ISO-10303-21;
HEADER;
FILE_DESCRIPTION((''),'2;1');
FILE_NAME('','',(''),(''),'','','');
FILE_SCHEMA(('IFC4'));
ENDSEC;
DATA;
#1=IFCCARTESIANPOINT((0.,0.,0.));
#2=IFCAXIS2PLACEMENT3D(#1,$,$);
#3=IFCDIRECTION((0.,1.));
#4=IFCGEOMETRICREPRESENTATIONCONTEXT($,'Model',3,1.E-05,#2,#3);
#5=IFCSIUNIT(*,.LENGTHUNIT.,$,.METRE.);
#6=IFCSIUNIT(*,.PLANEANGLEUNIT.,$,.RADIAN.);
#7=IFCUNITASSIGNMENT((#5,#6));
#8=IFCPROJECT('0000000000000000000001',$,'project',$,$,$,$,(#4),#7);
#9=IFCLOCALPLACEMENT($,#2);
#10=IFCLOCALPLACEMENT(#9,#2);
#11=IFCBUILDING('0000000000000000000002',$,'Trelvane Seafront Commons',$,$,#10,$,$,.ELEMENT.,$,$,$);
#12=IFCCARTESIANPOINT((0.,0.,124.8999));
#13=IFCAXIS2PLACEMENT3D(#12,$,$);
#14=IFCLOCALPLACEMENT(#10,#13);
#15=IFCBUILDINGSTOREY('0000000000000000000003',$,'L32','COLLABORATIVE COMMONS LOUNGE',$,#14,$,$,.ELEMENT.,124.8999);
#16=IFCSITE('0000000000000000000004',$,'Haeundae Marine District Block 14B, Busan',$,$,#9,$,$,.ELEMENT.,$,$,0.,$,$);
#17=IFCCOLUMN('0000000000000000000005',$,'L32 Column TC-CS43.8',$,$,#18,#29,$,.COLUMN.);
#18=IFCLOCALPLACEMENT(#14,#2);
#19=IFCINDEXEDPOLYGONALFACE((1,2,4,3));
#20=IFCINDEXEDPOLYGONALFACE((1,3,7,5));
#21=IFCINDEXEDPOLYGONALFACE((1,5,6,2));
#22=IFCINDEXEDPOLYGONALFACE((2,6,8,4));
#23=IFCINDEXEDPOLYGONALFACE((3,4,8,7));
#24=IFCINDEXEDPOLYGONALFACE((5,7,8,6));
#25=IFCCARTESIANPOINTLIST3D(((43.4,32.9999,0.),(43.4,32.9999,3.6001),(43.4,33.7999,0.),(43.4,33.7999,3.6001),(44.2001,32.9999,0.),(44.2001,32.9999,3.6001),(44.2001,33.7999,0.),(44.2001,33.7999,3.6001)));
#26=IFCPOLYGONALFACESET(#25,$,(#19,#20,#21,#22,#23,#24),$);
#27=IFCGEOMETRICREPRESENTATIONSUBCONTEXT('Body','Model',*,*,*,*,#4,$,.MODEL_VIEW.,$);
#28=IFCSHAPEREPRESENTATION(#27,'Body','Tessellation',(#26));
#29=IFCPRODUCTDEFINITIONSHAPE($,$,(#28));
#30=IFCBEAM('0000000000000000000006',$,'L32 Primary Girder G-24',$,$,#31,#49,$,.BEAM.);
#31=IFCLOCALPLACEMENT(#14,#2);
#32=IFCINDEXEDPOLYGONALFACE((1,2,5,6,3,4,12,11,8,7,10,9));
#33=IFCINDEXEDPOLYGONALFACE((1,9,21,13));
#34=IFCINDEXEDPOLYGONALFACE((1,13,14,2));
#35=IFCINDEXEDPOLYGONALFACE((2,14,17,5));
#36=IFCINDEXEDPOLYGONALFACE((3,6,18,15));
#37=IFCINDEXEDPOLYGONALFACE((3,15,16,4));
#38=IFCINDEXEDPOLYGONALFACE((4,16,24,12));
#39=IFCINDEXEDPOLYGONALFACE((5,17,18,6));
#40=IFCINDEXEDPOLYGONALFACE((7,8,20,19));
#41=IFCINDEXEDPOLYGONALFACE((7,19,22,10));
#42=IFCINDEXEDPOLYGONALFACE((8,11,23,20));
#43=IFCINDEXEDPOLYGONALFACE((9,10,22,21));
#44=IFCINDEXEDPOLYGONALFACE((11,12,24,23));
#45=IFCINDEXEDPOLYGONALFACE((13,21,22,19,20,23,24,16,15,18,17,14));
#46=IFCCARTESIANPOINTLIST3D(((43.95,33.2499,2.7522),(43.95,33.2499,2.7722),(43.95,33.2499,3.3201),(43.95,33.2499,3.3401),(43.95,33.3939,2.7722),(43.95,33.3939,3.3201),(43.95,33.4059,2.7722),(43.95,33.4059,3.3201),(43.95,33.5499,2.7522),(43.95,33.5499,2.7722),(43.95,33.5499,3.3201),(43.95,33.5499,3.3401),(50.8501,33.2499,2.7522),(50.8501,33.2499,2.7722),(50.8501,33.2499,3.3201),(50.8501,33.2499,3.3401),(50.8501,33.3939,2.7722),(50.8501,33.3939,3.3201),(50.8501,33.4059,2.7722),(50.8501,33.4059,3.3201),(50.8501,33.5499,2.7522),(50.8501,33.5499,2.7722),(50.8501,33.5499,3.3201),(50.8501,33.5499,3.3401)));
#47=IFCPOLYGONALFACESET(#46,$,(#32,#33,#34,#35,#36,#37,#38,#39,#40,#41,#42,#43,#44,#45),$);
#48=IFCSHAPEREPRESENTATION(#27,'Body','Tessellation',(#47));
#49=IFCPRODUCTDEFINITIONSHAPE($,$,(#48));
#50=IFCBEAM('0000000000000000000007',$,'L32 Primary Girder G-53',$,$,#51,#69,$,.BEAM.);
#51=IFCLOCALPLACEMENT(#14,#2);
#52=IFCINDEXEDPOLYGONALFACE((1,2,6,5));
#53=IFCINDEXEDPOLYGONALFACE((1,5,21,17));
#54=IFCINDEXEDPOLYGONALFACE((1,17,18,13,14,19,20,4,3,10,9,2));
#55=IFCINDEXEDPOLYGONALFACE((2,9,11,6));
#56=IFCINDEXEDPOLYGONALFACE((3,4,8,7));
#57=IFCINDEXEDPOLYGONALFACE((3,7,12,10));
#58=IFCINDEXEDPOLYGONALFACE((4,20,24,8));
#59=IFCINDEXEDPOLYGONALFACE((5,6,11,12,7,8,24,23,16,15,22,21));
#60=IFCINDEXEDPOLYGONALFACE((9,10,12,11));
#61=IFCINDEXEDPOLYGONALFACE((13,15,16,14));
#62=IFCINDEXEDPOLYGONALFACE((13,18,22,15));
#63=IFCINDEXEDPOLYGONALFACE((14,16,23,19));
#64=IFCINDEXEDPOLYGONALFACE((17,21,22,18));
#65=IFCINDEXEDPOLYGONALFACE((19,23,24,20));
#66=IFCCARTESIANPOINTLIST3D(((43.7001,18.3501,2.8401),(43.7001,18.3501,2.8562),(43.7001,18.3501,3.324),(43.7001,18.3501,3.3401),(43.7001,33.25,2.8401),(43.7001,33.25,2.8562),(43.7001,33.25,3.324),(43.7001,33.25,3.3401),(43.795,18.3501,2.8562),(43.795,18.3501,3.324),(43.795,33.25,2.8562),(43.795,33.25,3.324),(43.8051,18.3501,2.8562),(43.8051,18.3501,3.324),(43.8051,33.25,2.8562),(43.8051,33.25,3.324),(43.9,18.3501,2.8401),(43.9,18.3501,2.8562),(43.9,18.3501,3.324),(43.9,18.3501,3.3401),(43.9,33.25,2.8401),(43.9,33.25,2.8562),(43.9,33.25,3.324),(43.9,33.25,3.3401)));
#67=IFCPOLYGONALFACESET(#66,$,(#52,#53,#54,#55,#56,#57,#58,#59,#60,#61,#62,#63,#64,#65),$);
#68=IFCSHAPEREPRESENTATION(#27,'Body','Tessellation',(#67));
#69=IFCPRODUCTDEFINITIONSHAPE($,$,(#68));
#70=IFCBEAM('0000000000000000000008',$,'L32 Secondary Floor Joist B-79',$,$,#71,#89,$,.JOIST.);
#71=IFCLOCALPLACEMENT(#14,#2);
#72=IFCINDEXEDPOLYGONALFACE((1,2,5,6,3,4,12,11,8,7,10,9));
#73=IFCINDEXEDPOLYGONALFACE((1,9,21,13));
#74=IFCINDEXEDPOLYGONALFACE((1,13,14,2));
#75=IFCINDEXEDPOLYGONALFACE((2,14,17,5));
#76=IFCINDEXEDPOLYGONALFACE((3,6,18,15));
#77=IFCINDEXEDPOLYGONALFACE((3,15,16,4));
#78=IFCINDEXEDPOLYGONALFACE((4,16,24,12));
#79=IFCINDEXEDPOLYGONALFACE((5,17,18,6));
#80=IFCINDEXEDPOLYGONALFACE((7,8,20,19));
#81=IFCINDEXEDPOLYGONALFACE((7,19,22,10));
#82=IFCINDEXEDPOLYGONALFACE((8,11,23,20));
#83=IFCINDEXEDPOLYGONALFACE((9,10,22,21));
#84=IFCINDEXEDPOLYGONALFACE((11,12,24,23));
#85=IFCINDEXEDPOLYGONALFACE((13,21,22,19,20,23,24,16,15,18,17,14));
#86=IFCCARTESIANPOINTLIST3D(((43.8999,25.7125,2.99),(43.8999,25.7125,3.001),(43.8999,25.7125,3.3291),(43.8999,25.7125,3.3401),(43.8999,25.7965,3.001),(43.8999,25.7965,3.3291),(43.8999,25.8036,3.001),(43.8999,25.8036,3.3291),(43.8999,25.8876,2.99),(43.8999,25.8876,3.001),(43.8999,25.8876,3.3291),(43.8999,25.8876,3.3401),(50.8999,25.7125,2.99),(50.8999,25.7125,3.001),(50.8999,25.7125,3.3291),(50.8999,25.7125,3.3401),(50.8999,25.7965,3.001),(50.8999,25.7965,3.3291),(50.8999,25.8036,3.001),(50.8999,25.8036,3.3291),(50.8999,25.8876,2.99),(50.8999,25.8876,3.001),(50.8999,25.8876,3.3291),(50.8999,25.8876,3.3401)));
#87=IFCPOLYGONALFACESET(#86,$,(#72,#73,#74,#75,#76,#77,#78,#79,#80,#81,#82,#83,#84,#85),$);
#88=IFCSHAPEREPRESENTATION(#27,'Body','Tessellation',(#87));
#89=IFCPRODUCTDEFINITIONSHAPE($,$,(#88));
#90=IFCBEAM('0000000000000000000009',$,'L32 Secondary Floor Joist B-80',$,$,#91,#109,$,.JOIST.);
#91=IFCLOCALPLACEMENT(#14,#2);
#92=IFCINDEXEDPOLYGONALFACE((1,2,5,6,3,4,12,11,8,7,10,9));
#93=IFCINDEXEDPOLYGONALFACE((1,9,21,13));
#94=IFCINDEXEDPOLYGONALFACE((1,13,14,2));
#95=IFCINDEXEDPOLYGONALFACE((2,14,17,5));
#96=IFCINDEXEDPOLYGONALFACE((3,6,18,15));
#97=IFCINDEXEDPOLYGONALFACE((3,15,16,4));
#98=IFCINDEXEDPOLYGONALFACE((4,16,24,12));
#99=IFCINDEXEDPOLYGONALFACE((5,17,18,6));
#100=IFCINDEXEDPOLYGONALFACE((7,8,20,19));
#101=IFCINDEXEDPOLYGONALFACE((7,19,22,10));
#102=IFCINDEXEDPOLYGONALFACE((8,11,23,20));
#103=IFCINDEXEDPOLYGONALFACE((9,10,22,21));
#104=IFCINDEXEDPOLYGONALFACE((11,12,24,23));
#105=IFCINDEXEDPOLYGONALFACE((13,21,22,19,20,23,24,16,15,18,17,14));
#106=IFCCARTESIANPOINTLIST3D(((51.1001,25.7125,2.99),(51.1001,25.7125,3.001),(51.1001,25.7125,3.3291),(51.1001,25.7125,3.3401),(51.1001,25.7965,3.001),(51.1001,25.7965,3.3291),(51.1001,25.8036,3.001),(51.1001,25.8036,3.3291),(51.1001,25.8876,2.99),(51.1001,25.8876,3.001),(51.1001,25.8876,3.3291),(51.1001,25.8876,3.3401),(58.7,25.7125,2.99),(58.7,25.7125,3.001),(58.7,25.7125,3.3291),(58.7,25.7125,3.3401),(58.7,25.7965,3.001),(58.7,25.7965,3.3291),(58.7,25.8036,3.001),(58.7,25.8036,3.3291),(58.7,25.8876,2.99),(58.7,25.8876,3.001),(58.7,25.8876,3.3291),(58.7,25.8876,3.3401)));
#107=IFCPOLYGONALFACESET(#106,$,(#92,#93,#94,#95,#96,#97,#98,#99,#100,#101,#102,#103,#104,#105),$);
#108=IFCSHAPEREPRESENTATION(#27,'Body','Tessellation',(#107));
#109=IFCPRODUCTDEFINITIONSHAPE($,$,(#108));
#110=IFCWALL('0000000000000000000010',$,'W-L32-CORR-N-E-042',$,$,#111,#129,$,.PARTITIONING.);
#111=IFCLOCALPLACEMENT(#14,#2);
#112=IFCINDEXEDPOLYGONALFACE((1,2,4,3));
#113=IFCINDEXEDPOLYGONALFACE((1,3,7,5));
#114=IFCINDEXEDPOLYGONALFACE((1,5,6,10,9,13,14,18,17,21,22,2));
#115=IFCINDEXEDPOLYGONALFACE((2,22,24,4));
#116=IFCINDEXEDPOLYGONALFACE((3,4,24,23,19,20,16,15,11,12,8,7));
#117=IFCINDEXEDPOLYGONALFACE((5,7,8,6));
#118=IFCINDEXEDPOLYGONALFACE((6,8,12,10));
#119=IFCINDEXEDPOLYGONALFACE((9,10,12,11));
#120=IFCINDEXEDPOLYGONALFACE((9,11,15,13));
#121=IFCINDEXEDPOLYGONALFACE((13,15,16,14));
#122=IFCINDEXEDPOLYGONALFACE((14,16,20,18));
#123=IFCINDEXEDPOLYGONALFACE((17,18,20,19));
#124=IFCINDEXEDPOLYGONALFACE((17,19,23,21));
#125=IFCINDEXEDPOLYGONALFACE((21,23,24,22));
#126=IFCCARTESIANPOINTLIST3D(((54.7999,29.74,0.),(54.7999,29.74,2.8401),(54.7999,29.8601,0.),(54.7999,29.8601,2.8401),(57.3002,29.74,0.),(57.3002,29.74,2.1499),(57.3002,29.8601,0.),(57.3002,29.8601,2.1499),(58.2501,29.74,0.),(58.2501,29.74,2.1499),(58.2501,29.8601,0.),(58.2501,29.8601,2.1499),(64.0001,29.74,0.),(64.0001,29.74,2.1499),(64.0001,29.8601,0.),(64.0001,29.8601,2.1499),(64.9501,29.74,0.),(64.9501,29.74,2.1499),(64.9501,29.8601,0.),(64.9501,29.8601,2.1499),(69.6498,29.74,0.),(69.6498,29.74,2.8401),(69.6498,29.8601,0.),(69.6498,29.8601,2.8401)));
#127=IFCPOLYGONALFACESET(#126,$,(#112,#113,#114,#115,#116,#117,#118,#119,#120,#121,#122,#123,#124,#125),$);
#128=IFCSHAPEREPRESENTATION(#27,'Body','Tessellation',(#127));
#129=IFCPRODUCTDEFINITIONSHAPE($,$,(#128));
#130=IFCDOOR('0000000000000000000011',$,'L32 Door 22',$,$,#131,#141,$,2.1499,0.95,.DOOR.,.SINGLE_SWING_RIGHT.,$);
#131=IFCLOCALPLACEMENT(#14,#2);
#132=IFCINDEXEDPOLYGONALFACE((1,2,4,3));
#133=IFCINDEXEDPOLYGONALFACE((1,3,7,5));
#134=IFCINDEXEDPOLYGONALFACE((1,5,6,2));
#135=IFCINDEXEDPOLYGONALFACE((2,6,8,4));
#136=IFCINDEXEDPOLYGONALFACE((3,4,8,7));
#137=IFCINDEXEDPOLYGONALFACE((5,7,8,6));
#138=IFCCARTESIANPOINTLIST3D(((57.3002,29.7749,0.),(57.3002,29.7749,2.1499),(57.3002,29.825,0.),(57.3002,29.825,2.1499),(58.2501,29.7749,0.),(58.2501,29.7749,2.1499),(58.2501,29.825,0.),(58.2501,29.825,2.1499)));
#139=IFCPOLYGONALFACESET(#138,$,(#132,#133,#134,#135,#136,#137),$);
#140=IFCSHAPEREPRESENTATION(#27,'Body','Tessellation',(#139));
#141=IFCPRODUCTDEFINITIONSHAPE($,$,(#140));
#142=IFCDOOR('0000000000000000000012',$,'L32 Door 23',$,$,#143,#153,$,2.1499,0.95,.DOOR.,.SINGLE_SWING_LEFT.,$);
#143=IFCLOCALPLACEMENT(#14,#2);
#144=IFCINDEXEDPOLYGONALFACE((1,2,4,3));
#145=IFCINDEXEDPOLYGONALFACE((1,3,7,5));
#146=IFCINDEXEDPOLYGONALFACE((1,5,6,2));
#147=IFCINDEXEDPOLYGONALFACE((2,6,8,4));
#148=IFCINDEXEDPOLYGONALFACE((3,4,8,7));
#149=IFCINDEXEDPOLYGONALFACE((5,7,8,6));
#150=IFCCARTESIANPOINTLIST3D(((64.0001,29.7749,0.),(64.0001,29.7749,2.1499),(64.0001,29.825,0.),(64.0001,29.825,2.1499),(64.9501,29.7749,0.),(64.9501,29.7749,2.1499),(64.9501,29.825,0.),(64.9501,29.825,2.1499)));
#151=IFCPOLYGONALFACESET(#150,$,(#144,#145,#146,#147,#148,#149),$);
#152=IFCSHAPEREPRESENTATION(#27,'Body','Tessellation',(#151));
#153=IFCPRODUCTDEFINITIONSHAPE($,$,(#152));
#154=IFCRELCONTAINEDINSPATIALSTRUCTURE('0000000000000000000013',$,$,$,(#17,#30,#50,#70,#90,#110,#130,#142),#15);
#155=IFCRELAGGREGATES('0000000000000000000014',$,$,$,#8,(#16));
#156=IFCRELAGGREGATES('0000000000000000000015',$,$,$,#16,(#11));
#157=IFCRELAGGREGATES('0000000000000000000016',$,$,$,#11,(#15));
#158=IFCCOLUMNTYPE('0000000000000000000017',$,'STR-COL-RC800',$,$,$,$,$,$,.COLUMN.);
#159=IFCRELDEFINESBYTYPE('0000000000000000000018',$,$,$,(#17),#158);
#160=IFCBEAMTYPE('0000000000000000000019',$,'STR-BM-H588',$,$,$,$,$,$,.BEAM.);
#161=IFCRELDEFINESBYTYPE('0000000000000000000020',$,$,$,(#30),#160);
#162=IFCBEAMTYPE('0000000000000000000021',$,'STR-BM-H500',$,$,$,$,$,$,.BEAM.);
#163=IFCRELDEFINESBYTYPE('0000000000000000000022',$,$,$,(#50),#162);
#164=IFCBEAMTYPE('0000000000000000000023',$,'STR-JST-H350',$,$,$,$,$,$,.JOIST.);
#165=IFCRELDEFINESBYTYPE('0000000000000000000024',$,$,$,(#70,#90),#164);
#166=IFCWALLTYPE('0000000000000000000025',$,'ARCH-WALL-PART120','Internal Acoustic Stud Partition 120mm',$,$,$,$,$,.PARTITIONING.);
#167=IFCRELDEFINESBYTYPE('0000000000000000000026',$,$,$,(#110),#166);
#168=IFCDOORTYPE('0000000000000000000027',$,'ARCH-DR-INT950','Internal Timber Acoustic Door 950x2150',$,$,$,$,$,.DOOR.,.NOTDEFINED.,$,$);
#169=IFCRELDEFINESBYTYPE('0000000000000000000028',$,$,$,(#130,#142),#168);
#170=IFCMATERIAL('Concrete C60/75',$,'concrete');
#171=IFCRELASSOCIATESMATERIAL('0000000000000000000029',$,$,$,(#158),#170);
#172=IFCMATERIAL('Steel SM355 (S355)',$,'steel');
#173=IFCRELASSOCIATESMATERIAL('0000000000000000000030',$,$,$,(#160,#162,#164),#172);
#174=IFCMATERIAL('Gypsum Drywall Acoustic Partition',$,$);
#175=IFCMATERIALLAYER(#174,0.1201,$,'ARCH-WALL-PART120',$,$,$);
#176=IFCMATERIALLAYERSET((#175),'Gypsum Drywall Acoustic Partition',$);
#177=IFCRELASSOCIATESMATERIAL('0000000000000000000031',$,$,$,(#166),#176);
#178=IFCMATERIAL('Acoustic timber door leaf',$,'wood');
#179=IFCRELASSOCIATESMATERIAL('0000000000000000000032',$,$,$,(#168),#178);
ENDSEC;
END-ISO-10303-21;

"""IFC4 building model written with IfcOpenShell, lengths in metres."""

from ifc_helpers import new_model, si_unit, direction, frame, frame_2d, origin, origin_2d, place, context, subcontext, project, spatial, rectangle, i_section, extrude, source, transform, mapped, material, layer, layer_set, material_profile, profile_set, type_object, element, fill, save


model = new_model("IFC4")

# Units and contexts
model_context = context("Model", 3, precision=1e-05, world=origin(), true_north=direction((0.0, 1.0)))
body_context = subcontext(model_context, "Body", "Model", "MODEL_VIEW")
ifc_project = project(units=[si_unit("LENGTHUNIT", "METRE"), si_unit("PLANEANGLEUNIT", "RADIAN")], contexts=[model_context])

# Site, building, storey
site_placement = place(None, origin())
site = spatial("IfcSite", under=ifc_project, at=site_placement, Name="Haeundae Marine District Block 14B, Busan", CompositionType="ELEMENT", RefElevation=0.0)
building_placement = place(site_placement, origin())
building = spatial("IfcBuilding", under=site, at=building_placement, Name="Trelvane Seafront Commons", CompositionType="ELEMENT")
storey_placement = place(building_placement, frame((0.0, 0.0, 124.8999)))
storey = spatial("IfcBuildingStorey", under=building, at=storey_placement, Name="L32", Description="COLLABORATIVE COMMONS LOUNGE", CompositionType="ELEMENT", Elevation=124.8999)

# Column
ifc_material_1 = material(Name="Concrete C60/75", Category="concrete")
ifc_material_profile_1 = material_profile(ifc_material_1, rectangle(XDim=0.8, YDim=0.8, at=origin_2d()), Name="RC-800x800")
ifc_profile_set_1 = profile_set([ifc_material_profile_1], Name="Concrete C60/75")
column_type = type_object("IfcColumnType", Name="STR-COL-RC800", PredefinedType="COLUMN", material=ifc_profile_set_1)
shared_shape_1 = source(origin(), body_context, "Body", "SweptSolid", [
    extrude(rectangle(XDim=0.8, YDim=0.8, at=origin_2d()), origin(), (0.0, 0.0, 1.0), 3.6001),
])
column_placement = place(storey_placement, frame((43.8, 33.3999, 0.0), z_axis=(0.0, 0.0, 1.0), x_axis=(1.0, 0.0, 0.0)))
element("IfcColumn", 1, at=column_placement, inside=storey, type_object=column_type, Name="L32 Column TC-CS43.8", PredefinedType="COLUMN", context=body_context, shape_type="MappedRepresentation", body=[
    mapped(shared_shape_1, transform((0.0, 0.0, 0.0), x_axis=(1.0, 0.0, 0.0), y_axis=(0.0, 1.0, 0.0), z_axis=(0.0, 0.0, 1.0), scale=1.0)),
])

# Beams
ifc_material_2 = material(Name="Steel SM355 (S355)", Category="steel")
ifc_material_profile_2 = material_profile(ifc_material_2, i_section(OverallWidth=0.3, OverallDepth=0.5879, WebThickness=0.012, FlangeThickness=0.02, at=origin_2d()), Name="H-588x300x12x20")
ifc_profile_set_2 = profile_set([ifc_material_profile_2], Name="Steel SM355 (S355)")
beam_type_1 = type_object("IfcBeamType", Name="STR-BM-H588", PredefinedType="BEAM", material=ifc_profile_set_2)
shared_shape_2 = source(origin(), body_context, "Body", "SweptSolid", [
    extrude(i_section(OverallWidth=0.3, OverallDepth=0.5879, WebThickness=0.012, FlangeThickness=0.02, at=origin_2d()), origin(), (0.0, 0.0, 1.0), 6.9001),
])
beam_1_placement = place(storey_placement, frame((43.95, 33.3999, 3.0461), z_axis=(1.0, 0.0, 0.0), x_axis=(0.0, 1.0, 0.0)))
element("IfcBeam", 2, at=beam_1_placement, inside=storey, type_object=beam_type_1, Name="L32 Primary Girder G-24", PredefinedType="BEAM", context=body_context, shape_type="MappedRepresentation", body=[
    mapped(shared_shape_2, transform((0.0, 0.0, 0.0), x_axis=(1.0, 0.0, 0.0), y_axis=(0.0, 1.0, 0.0), z_axis=(0.0, 0.0, 1.0), scale=1.0)),
])
ifc_material_profile_3 = material_profile(ifc_material_2, i_section(OverallWidth=0.2, OverallDepth=0.5, WebThickness=0.01, FlangeThickness=0.0161, at=origin_2d()), Name="H-500x200x10x16")
ifc_profile_set_3 = profile_set([ifc_material_profile_3], Name="Steel SM355 (S355)")
beam_type_2 = type_object("IfcBeamType", Name="STR-BM-H500", PredefinedType="BEAM", material=ifc_profile_set_3)
shared_shape_3 = source(origin(), body_context, "Body", "SweptSolid", [
    extrude(i_section(OverallWidth=0.2, OverallDepth=0.5, WebThickness=0.01, FlangeThickness=0.0161, at=origin_2d()), origin(), (0.0, 0.0, 1.0), 14.8999),
])
beam_2_placement = place(storey_placement, frame((43.8, 18.3501, 3.0901), z_axis=(0.0, 1.0, 0.0), x_axis=(-1.0, 0.0, 0.0)))
element("IfcBeam", 3, at=beam_2_placement, inside=storey, type_object=beam_type_2, Name="L32 Primary Girder G-53", PredefinedType="BEAM", context=body_context, shape_type="MappedRepresentation", body=[
    mapped(shared_shape_3, transform((0.0, 0.0, 0.0), x_axis=(1.0, 0.0, 0.0), y_axis=(0.0, 1.0, 0.0), z_axis=(0.0, 0.0, 1.0), scale=1.0)),
])
ifc_material_profile_4 = material_profile(ifc_material_2, i_section(OverallWidth=0.175, OverallDepth=0.3501, WebThickness=0.0071, FlangeThickness=0.011, at=origin_2d()), Name="H-350x175x7x11")
ifc_profile_set_4 = profile_set([ifc_material_profile_4], Name="Steel SM355 (S355)")
beam_type_3 = type_object("IfcBeamType", Name="STR-JST-H350", PredefinedType="JOIST", material=ifc_profile_set_4)
shared_shape_4 = source(origin(), body_context, "Body", "SweptSolid", [
    extrude(i_section(OverallWidth=0.175, OverallDepth=0.3501, WebThickness=0.0071, FlangeThickness=0.011, at=origin_2d()), origin(), (0.0, 0.0, 1.0), 7.0),
])
beam_3_placement = place(storey_placement, frame((43.8999, 25.8, 3.165), z_axis=(1.0, 0.0, 0.0), x_axis=(0.0, 1.0, 0.0)))
element("IfcBeam", 4, at=beam_3_placement, inside=storey, type_object=beam_type_3, Name="L32 Secondary Floor Joist B-79", PredefinedType="JOIST", context=body_context, shape_type="MappedRepresentation", body=[
    mapped(shared_shape_4, transform((0.0, 0.0, 0.0), x_axis=(1.0, 0.0, 0.0), y_axis=(0.0, 1.0, 0.0), z_axis=(0.0, 0.0, 1.0), scale=1.0)),
])
shared_shape_5 = source(origin(), body_context, "Body", "SweptSolid", [
    extrude(i_section(OverallWidth=0.175, OverallDepth=0.3501, WebThickness=0.0071, FlangeThickness=0.011, at=origin_2d()), origin(), (0.0, 0.0, 1.0), 7.5999),
])
beam_4_placement = place(storey_placement, frame((51.1001, 25.8, 3.165), z_axis=(1.0, 0.0, 0.0), x_axis=(0.0, 1.0, 0.0)))
element("IfcBeam", 5, at=beam_4_placement, inside=storey, type_object=beam_type_3, Name="L32 Secondary Floor Joist B-80", PredefinedType="JOIST", context=body_context, shape_type="MappedRepresentation", body=[
    mapped(shared_shape_5, transform((0.0, 0.0, 0.0), x_axis=(1.0, 0.0, 0.0), y_axis=(0.0, 1.0, 0.0), z_axis=(0.0, 0.0, 1.0), scale=1.0)),
])

# Wall, openings, doors
ifc_material_3 = material(Name="Gypsum Drywall Acoustic Partition")
ifc_layer_1 = layer(ifc_material_3, 0.1201, Name="ARCH-WALL-PART120")
ifc_layer_set_1 = layer_set([ifc_layer_1], Name="Gypsum Drywall Acoustic Partition")
wall_type_1 = type_object("IfcWallType", Name="ARCH-WALL-PART120", Description="Internal Acoustic Stud Partition 120mm", PredefinedType="PARTITIONING", material=ifc_layer_set_1)
wall_1_placement = place(storey_placement, frame((54.8, 29.8, 0.0), z_axis=(0.0, 0.0, 1.0), x_axis=(1.0, 0.0, 0.0)))
wall_1 = element("IfcWall", 6, at=wall_1_placement, inside=storey, type_object=wall_type_1, Name="W-L32-CORR-N-E-042", PredefinedType="PARTITIONING", context=body_context, shape_type="SweptSolid", body=[
    extrude(rectangle(XDim=14.8499, YDim=0.1201, at=frame_2d((7.4248, 0.0))), origin(), (0.0, 0.0, 1.0), 2.8401),
])
opening_1_placement = place(wall_1_placement, frame((2.5, 0.0, 0.0)))
opening_1 = element("IfcOpeningElement", 7, at=opening_1_placement, cuts=wall_1, PredefinedType="OPENING", context=body_context, shape_type="SweptSolid", body=[
    extrude(rectangle(XDim=0.95, YDim=2.1499, at=frame_2d((0.4751, 1.075))), frame((0.0, 0.0701, 0.0), z_axis=(0.0, -1.0, 0.0), x_axis=(1.0, 0.0, 0.0)), (0.0, 0.0, 1.0), 0.1401),
])
opening_2_placement = place(wall_1_placement, frame((9.2, 0.0, 0.0)))
opening_2 = element("IfcOpeningElement", 8, at=opening_2_placement, cuts=wall_1, PredefinedType="OPENING", context=body_context, shape_type="SweptSolid", body=[
    extrude(rectangle(XDim=0.95, YDim=2.1499, at=frame_2d((0.4751, 1.075))), frame((0.0, 0.0701, 0.0), z_axis=(0.0, -1.0, 0.0), x_axis=(1.0, 0.0, 0.0)), (0.0, 0.0, 1.0), 0.1401),
])
ifc_material_4 = material(Name="Acoustic timber door leaf", Category="wood")
door_type_1 = type_object("IfcDoorType", Name="ARCH-DR-INT950", Description="Internal Timber Acoustic Door 950x2150", OperationType="NOTDEFINED", PredefinedType="DOOR", material=ifc_material_4)
shared_shape_6 = source(origin(), body_context, "Body", "SweptSolid", [
    extrude(rectangle(XDim=0.95, YDim=2.1499, at=frame_2d((0.4751, 1.075))), frame((0.0, 0.0249, 0.0), z_axis=(0.0, -1.0, 0.0), x_axis=(1.0, 0.0, 0.0)), (0.0, 0.0, 1.0), 0.05),
])
door_1_placement = place(opening_1_placement, origin())
door_1 = element("IfcDoor", 9, at=door_1_placement, inside=storey, type_object=door_type_1, Name="L32 Door 22", OperationType="SINGLE_SWING_RIGHT", OverallHeight=2.1499, OverallWidth=0.95, PredefinedType="DOOR", context=body_context, shape_type="MappedRepresentation", body=[
    mapped(shared_shape_6, transform((0.0, 0.0, 0.0), x_axis=(1.0, 0.0, 0.0), y_axis=(0.0, 1.0, 0.0), z_axis=(0.0, 0.0, 1.0), scale=1.0)),
])
fill(opening_1, door_1)
door_2_placement = place(opening_2_placement, origin())
door_2 = element("IfcDoor", 10, at=door_2_placement, inside=storey, type_object=door_type_1, Name="L32 Door 23", OperationType="SINGLE_SWING_LEFT", OverallHeight=2.1499, OverallWidth=0.95, PredefinedType="DOOR", context=body_context, shape_type="MappedRepresentation", body=[
    mapped(shared_shape_6, transform((0.0, 0.0, 0.0), x_axis=(1.0, 0.0, 0.0), y_axis=(0.0, 1.0, 0.0), z_axis=(0.0, 0.0, 1.0), scale=1.0)),
])
fill(opening_2, door_2)

save(model, "model.ifc")
